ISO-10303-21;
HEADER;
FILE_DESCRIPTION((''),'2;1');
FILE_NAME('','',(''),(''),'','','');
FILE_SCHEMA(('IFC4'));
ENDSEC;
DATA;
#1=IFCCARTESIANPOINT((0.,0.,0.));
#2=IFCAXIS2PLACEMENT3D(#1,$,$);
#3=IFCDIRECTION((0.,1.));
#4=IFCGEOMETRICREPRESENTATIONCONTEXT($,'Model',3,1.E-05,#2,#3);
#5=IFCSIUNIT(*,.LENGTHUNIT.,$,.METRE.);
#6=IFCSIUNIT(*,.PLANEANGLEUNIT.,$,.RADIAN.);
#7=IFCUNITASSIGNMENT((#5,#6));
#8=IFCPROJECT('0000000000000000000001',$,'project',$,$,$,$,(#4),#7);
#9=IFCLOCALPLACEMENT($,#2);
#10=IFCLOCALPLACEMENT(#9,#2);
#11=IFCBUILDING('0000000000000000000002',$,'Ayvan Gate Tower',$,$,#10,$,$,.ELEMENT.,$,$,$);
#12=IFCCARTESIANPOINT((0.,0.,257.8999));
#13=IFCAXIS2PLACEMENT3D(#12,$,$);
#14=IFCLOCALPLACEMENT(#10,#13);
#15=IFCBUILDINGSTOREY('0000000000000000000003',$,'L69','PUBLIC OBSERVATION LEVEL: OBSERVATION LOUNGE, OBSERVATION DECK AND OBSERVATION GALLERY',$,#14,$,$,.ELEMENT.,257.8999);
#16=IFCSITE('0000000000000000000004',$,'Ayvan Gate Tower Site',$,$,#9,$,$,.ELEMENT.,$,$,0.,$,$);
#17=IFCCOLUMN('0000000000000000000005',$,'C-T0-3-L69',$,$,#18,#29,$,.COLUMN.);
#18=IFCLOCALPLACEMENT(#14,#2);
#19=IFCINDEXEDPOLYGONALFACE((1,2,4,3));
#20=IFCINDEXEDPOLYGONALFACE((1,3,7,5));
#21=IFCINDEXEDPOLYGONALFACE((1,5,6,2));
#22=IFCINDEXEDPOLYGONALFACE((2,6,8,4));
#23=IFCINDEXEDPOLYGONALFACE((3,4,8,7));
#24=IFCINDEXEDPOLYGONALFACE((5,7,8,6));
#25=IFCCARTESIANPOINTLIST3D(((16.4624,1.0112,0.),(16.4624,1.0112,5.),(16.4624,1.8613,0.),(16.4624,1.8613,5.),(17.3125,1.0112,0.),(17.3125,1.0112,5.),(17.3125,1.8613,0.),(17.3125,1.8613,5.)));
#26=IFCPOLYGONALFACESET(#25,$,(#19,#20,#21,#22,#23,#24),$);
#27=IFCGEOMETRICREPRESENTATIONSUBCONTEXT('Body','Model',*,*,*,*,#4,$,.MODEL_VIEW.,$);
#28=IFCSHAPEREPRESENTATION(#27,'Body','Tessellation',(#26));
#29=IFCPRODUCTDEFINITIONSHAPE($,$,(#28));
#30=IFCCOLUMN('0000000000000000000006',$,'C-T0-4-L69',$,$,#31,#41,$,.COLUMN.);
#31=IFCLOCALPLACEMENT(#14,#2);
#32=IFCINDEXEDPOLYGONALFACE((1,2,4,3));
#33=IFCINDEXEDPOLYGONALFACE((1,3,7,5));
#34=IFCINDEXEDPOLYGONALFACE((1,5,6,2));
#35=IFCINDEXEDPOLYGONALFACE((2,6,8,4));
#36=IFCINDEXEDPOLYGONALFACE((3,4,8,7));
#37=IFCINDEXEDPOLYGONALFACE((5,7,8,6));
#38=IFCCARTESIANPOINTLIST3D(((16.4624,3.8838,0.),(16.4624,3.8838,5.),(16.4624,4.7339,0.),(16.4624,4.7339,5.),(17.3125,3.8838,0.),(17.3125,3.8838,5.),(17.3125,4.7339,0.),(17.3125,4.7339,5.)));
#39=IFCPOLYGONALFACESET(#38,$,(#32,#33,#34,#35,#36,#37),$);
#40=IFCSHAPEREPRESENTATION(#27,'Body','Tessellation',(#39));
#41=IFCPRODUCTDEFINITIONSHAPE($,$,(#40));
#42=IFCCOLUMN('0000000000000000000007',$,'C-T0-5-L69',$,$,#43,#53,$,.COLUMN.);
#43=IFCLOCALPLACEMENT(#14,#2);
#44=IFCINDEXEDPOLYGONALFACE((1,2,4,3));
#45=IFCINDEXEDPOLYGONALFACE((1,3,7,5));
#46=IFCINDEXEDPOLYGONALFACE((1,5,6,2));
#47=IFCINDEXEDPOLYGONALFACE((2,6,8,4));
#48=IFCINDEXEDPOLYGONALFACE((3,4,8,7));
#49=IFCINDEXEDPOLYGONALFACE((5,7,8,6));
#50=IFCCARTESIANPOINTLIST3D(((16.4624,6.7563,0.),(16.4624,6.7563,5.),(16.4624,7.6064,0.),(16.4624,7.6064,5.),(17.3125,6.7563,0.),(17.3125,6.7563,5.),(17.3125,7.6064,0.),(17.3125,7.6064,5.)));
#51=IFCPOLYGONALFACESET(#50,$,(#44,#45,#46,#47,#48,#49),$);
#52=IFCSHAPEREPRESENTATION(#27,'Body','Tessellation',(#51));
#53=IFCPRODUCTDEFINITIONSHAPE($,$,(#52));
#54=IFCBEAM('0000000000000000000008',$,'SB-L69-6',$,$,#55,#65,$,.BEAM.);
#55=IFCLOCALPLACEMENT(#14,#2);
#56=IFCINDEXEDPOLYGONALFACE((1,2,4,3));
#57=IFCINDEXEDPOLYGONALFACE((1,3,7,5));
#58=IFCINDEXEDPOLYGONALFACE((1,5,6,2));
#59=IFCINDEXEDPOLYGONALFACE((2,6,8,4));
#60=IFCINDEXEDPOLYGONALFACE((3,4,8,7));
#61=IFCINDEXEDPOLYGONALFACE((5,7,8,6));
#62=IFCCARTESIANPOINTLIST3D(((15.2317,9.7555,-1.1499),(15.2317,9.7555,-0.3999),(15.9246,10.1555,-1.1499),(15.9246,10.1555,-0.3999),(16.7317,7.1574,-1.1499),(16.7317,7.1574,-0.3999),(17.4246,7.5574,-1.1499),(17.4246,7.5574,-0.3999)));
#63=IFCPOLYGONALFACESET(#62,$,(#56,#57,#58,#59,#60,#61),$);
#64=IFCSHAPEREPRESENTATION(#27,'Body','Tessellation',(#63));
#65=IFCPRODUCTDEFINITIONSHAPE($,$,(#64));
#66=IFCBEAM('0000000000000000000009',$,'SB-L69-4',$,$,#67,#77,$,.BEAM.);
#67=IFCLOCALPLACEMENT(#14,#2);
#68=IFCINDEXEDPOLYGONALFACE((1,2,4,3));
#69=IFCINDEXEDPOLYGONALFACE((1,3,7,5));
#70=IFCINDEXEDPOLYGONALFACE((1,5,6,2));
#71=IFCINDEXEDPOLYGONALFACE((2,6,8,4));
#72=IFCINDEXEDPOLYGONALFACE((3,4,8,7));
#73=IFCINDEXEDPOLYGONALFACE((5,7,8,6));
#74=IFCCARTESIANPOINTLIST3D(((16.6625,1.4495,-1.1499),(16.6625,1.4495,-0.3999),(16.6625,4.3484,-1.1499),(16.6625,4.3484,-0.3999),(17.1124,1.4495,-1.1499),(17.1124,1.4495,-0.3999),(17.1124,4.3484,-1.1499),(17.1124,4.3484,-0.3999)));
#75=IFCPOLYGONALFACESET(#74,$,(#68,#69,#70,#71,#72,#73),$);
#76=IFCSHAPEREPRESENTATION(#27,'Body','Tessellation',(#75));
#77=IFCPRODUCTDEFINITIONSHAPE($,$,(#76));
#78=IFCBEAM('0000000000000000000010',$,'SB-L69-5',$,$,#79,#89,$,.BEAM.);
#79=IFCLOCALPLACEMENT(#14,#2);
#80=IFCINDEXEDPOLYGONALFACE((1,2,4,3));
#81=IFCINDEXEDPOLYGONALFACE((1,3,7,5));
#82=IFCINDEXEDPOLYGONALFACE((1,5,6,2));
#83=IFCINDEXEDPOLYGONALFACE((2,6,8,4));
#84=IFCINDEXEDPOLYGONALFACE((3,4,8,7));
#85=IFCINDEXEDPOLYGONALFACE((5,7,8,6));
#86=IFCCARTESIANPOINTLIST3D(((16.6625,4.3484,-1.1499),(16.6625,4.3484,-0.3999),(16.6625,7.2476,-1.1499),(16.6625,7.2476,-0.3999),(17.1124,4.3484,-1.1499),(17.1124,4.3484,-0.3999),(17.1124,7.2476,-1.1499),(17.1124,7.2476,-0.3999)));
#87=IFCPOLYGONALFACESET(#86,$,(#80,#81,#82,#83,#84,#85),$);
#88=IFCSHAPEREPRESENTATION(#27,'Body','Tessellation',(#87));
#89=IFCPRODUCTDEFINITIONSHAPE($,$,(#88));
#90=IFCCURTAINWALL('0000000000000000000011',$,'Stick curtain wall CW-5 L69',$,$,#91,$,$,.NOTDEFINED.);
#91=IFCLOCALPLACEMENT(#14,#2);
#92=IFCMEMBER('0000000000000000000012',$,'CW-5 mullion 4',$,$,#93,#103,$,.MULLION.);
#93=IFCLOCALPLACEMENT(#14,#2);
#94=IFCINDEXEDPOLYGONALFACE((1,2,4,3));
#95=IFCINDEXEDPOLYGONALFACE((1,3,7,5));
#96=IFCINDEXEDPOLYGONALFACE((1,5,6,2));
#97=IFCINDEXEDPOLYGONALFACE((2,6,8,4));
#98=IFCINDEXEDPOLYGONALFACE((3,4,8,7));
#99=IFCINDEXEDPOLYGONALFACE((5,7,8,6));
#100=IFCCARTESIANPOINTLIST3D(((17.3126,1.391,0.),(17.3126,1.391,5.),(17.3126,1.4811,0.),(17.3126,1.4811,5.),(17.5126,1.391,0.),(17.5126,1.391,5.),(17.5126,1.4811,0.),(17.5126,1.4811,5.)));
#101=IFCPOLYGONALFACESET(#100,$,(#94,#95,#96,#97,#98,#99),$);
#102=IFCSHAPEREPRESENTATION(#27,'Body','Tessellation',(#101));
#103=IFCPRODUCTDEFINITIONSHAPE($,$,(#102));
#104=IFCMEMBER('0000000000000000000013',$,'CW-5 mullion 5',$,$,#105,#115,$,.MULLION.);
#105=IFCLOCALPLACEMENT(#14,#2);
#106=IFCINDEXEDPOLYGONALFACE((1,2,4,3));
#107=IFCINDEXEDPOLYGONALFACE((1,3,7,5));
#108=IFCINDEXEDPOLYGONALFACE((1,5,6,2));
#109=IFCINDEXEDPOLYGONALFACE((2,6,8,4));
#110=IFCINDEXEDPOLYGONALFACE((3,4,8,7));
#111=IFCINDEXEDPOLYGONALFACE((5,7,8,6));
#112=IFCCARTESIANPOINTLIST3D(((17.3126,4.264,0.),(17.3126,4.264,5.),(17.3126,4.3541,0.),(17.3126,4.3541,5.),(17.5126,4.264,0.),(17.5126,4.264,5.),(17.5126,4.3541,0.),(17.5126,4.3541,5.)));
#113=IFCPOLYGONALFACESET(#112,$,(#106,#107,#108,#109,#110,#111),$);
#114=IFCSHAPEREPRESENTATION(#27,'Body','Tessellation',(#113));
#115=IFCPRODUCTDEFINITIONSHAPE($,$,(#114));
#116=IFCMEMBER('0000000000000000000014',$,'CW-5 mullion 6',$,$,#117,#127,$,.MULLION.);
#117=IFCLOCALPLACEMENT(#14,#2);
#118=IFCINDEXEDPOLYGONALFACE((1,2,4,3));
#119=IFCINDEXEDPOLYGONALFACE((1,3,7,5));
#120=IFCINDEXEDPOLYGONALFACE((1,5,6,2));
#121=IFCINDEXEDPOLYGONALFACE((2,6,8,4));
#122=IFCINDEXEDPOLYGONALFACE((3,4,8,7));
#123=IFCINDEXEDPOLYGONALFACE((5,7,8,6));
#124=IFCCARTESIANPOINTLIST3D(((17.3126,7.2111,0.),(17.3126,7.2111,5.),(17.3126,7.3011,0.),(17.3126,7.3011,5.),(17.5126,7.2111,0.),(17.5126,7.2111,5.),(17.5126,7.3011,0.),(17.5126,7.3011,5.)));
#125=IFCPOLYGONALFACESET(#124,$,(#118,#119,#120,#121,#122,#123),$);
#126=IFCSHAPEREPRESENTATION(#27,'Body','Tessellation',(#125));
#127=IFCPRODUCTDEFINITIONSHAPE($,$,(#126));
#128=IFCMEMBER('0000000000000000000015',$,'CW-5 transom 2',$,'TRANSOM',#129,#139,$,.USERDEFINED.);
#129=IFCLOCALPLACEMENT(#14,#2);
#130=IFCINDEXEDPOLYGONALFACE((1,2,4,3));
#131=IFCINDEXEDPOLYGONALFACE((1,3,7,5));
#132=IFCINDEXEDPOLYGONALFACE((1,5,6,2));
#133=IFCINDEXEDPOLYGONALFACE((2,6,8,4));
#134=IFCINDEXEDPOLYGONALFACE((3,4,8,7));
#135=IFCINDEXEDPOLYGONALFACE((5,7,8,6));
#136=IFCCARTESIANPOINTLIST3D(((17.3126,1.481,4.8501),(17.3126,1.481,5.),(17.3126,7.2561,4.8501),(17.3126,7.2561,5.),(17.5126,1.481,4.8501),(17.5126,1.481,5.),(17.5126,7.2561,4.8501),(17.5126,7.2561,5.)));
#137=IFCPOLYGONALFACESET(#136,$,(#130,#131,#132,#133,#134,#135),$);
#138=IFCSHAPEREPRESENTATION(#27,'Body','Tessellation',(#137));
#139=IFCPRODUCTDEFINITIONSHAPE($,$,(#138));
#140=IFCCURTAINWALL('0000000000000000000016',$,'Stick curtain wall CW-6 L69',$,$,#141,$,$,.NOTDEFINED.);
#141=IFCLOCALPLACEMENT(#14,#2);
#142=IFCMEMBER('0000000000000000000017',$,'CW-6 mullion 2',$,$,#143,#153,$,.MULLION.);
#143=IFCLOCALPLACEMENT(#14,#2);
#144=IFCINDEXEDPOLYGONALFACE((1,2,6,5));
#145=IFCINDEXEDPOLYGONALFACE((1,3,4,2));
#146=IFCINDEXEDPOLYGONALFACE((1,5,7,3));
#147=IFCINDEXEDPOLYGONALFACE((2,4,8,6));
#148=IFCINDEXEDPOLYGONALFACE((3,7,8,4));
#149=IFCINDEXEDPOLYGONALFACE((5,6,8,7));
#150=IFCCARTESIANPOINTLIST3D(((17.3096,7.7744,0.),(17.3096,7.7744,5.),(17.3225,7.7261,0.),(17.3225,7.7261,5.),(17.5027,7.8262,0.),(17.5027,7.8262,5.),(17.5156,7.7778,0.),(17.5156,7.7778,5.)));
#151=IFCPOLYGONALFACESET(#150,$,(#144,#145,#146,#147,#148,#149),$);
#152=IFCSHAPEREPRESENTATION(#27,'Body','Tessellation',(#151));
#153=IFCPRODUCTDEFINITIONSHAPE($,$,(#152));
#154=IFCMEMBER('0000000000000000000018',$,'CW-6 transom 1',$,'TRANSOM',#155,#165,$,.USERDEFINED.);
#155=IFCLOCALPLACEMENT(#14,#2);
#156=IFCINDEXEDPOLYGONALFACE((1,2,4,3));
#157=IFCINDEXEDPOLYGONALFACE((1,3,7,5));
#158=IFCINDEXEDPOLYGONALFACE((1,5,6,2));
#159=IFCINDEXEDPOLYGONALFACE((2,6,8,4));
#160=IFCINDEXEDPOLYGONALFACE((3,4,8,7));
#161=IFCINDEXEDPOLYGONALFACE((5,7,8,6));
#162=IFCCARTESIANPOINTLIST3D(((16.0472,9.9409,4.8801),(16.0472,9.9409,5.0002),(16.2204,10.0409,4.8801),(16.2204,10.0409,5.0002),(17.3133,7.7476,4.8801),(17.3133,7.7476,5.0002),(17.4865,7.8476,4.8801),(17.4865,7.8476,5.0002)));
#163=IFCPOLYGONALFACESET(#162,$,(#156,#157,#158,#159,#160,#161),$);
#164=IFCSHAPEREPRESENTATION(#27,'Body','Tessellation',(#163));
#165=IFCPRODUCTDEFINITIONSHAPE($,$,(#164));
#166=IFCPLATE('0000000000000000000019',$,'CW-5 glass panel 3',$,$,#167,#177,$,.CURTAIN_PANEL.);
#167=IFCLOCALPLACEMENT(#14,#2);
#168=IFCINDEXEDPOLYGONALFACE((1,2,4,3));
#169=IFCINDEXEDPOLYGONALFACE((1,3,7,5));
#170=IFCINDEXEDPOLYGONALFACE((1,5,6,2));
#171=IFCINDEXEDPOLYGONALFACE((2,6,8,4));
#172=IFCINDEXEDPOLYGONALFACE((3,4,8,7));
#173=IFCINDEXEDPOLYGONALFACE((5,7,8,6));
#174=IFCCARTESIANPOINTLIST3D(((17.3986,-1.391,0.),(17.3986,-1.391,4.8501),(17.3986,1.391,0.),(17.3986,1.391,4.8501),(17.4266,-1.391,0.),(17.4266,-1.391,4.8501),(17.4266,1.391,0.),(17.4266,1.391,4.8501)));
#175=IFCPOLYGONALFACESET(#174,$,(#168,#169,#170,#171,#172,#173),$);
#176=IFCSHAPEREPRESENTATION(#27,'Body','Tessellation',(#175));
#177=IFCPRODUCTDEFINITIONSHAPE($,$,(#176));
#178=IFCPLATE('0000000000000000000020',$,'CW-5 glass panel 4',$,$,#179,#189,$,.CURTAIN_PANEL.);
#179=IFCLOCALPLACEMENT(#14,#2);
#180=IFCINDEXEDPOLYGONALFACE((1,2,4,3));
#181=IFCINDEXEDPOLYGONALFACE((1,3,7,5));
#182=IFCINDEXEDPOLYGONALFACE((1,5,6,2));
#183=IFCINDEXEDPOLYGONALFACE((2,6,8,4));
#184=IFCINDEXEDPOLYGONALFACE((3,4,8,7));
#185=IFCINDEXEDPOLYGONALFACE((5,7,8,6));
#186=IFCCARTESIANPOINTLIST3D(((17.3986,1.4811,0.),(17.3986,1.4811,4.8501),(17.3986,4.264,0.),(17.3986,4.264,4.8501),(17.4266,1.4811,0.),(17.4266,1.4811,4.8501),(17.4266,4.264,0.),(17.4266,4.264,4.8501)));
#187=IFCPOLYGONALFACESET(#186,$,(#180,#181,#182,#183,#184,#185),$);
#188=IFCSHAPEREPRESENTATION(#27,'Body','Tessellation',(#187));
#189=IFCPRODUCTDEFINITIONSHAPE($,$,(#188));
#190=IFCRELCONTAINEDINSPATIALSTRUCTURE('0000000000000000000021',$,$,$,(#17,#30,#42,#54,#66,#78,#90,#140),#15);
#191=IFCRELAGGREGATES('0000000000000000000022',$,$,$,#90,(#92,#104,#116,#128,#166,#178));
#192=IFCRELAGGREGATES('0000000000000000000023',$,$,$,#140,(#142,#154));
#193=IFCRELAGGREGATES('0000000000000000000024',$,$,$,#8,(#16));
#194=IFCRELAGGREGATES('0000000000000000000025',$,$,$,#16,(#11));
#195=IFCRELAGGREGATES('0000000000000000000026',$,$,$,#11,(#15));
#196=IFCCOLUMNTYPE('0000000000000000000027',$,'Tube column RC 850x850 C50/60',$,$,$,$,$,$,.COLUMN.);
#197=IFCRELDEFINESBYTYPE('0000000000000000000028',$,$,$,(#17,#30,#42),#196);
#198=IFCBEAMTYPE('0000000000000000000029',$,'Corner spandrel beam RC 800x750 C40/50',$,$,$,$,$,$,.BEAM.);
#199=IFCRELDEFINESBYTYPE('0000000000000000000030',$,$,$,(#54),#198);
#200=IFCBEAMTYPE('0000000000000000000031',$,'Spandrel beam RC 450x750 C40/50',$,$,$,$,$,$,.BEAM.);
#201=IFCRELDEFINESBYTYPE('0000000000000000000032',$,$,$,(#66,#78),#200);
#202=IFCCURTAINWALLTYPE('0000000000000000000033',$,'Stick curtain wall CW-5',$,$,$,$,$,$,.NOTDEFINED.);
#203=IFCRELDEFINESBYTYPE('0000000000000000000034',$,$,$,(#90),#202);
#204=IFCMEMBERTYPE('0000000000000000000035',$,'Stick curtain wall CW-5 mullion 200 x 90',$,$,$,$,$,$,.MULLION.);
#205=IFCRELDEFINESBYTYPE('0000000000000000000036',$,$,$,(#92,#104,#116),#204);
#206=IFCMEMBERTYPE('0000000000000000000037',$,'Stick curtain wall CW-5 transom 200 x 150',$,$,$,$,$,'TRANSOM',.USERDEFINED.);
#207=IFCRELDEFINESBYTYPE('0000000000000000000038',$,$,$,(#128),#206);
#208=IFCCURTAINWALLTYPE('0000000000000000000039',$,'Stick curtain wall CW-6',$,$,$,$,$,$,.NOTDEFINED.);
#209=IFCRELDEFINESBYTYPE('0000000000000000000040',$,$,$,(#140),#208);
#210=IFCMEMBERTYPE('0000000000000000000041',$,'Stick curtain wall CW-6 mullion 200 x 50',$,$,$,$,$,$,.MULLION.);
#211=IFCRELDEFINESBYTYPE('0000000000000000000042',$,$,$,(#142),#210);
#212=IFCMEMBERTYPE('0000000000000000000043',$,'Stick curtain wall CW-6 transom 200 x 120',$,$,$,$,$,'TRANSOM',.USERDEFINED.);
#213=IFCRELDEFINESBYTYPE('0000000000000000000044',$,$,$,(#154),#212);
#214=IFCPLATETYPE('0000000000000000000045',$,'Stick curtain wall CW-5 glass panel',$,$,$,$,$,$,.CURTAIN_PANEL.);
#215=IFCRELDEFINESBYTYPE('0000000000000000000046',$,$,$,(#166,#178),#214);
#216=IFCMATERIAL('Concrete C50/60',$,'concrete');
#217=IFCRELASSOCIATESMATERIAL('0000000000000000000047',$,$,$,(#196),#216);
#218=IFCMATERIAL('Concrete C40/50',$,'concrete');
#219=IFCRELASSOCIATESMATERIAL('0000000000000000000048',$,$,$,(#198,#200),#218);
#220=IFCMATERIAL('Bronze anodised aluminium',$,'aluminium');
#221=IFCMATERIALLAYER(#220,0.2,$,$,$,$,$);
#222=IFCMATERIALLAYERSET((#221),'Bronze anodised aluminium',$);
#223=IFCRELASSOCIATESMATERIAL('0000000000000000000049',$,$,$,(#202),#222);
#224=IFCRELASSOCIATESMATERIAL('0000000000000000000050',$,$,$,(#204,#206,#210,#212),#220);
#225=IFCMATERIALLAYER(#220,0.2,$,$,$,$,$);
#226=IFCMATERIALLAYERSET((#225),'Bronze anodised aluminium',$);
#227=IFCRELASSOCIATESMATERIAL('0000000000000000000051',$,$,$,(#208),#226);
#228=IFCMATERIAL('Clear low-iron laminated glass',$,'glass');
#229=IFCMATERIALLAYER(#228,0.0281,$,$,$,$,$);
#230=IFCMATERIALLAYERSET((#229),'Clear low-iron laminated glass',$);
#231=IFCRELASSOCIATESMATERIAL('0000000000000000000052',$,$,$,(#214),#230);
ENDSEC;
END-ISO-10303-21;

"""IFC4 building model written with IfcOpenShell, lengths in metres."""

from ifc_helpers import new_model, si_unit, direction, frame, origin, origin_2d, place, context, subcontext, project, spatial, rectangle, extrude, material, layer, layer_set, material_profile, profile_set, type_object, element, aggregate, save


model = new_model("IFC4")

# Units and contexts
model_context = context("Model", 3, precision=1e-05, world=origin(), true_north=direction((0.0, 1.0)))
body_context = subcontext(model_context, "Body", "Model", "MODEL_VIEW")
ifc_project = project(units=[si_unit("LENGTHUNIT", "METRE"), si_unit("PLANEANGLEUNIT", "RADIAN")], contexts=[model_context])

# Site, building, storey
site_placement = place(None, origin())
site = spatial("IfcSite", under=ifc_project, at=site_placement, Name="Ayvan Gate Tower Site", CompositionType="ELEMENT", RefElevation=0.0)
building_placement = place(site_placement, origin())
building = spatial("IfcBuilding", under=site, at=building_placement, Name="Ayvan Gate Tower", CompositionType="ELEMENT")
storey_placement = place(building_placement, frame((0.0, 0.0, 257.8999)))
storey = spatial("IfcBuildingStorey", under=building, at=storey_placement, Name="L69", Description="PUBLIC OBSERVATION LEVEL: OBSERVATION LOUNGE, OBSERVATION DECK AND OBSERVATION GALLERY", CompositionType="ELEMENT", Elevation=257.8999)

# Columns
ifc_material_1 = material(Name="Concrete C50/60", Category="concrete")
ifc_material_profile_1 = material_profile(ifc_material_1, rectangle(XDim=0.8501, YDim=0.8501, at=origin_2d()), Name="RC 850x850")
ifc_profile_set_1 = profile_set([ifc_material_profile_1], Name="Concrete C50/60")
column_type = type_object("IfcColumnType", Name="Tube column RC 850x850 C50/60", PredefinedType="COLUMN", material=ifc_profile_set_1)
for number, where, z_axis, x_axis, name in (
    (1, (16.8875, 1.4363, 0.0), (0.0, 0.0, 1.0), (1.0, 0.0, 0.0), "C-T0-3-L69"),
    (2, (16.8875, 4.3088, 0.0), (0.0, 0.0, 1.0), (1.0, 0.0, 0.0), "C-T0-4-L69"),
    (3, (16.8875, 7.1814, 0.0), (0.0, 0.0, 1.0), (1.0, 0.0, 0.0), "C-T0-5-L69"),
):
    element("IfcColumn", number, at=place(storey_placement, frame(where, z_axis=z_axis, x_axis=x_axis)), inside=storey, type_object=column_type, Name=name, PredefinedType="COLUMN", context=body_context, shape_type="SweptSolid", body=[
        extrude(rectangle(XDim=0.8501, YDim=0.8501, at=origin_2d()), origin(), (0.0, 0.0, 1.0), 5.0),
    ])

# Beams
ifc_material_2 = material(Name="Concrete C40/50", Category="concrete")
ifc_material_profile_2 = material_profile(ifc_material_2, rectangle(XDim=0.8, YDim=0.75, at=origin_2d()), Name="RC 800x750")
ifc_profile_set_2 = profile_set([ifc_material_profile_2], Name="Concrete C40/50")
beam_type_1 = type_object("IfcBeamType", Name="Corner spandrel beam RC 800x750 C40/50", PredefinedType="BEAM", material=ifc_profile_set_2)
beam_1_placement = place(storey_placement, frame((17.0781, 7.3574, -0.7749), z_axis=(-0.49999, 0.866031, 0.0), x_axis=(-0.866031, -0.49999, 0.0)))
element("IfcBeam", 4, at=beam_1_placement, inside=storey, type_object=beam_type_1, Name="SB-L69-6", PredefinedType="BEAM", context=body_context, shape_type="SweptSolid", body=[
    extrude(rectangle(XDim=0.8, YDim=0.75, at=origin_2d()), origin(), (0.0, 0.0, 1.0), 3.0),
])
ifc_material_profile_3 = material_profile(ifc_material_2, rectangle(XDim=0.45, YDim=0.75, at=origin_2d()), Name="RC 450x750")
ifc_profile_set_3 = profile_set([ifc_material_profile_3], Name="Concrete C40/50")
beam_type_2 = type_object("IfcBeamType", Name="Spandrel beam RC 450x750 C40/50", PredefinedType="BEAM", material=ifc_profile_set_3)
beam_2_placement = place(storey_placement, frame((16.8875, 1.4495, -0.7749), z_axis=(0.0, 1.0, 0.0), x_axis=(-1.0, 0.0, 0.0)))
element("IfcBeam", 5, at=beam_2_placement, inside=storey, type_object=beam_type_2, Name="SB-L69-4", PredefinedType="BEAM", context=body_context, shape_type="SweptSolid", body=[
    extrude(rectangle(XDim=0.45, YDim=0.75, at=origin_2d()), origin(), (0.0, 0.0, 1.0), 2.8989),
])
beam_3_placement = place(storey_placement, frame((16.8875, 4.3484, -0.7749), z_axis=(0.0, 1.0, 0.0), x_axis=(-1.0, 0.0, 0.0)))
element("IfcBeam", 6, at=beam_3_placement, inside=storey, type_object=beam_type_2, Name="SB-L69-5", PredefinedType="BEAM", context=body_context, shape_type="SweptSolid", body=[
    extrude(rectangle(XDim=0.45, YDim=0.75, at=origin_2d()), origin(), (0.0, 0.0, 1.0), 2.8992),
])

# Curtain walls, members
ifc_material_3 = material(Name="Bronze anodised aluminium", Category="aluminium")
ifc_layer_1 = layer(ifc_material_3, 0.2)
ifc_layer_set_1 = layer_set([ifc_layer_1], Name="Bronze anodised aluminium")
curtain_wall_type_1 = type_object("IfcCurtainWallType", Name="Stick curtain wall CW-5", PredefinedType="NOTDEFINED", material=ifc_layer_set_1)
curtain_wall_1_placement = place(storey_placement, origin())
curtain_wall_1 = element("IfcCurtainWall", 7, at=curtain_wall_1_placement, inside=storey, type_object=curtain_wall_type_1, Name="Stick curtain wall CW-5 L69", PredefinedType="NOTDEFINED")
ifc_material_profile_4 = material_profile(ifc_material_3, rectangle(XDim=0.2, YDim=0.0901, at=origin_2d()), Name="Stick curtain wall CW-5 mullion 200 x 90")
ifc_profile_set_4 = profile_set([ifc_material_profile_4], Name="Bronze anodised aluminium")
member_type_1 = type_object("IfcMemberType", Name="Stick curtain wall CW-5 mullion 200 x 90", PredefinedType="MULLION", material=ifc_profile_set_4)
member_1_placement = place(storey_placement, frame((17.4126, 1.436, 0.0), z_axis=(0.0, 0.0, 1.0), x_axis=(1.0, 0.0, 0.0)))
member_1 = element("IfcMember", 8, at=member_1_placement, type_object=member_type_1, Name="CW-5 mullion 4", PredefinedType="MULLION", context=body_context, shape_type="SweptSolid", body=[
    extrude(rectangle(XDim=0.2, YDim=0.0901, at=origin_2d()), origin(), (0.0, 0.0, 1.0), 5.0),
])
member_2_placement = place(storey_placement, frame((17.4126, 4.3091, 0.0), z_axis=(0.0, 0.0, 1.0), x_axis=(1.0, 0.0, 0.0)))
member_2 = element("IfcMember", 9, at=member_2_placement, type_object=member_type_1, Name="CW-5 mullion 5", PredefinedType="MULLION", context=body_context, shape_type="SweptSolid", body=[
    extrude(rectangle(XDim=0.2, YDim=0.0901, at=origin_2d()), origin(), (0.0, 0.0, 1.0), 5.0),
])
member_3_placement = place(storey_placement, frame((17.4126, 7.2561, 0.0), z_axis=(0.0, 0.0, 1.0), x_axis=(1.0, 0.0, 0.0)))
member_3 = element("IfcMember", 10, at=member_3_placement, type_object=member_type_1, Name="CW-5 mullion 6", PredefinedType="MULLION", context=body_context, shape_type="SweptSolid", body=[
    extrude(rectangle(XDim=0.2, YDim=0.0901, at=origin_2d()), origin(), (0.0, 0.0, 1.0), 5.0),
])
ifc_material_profile_5 = material_profile(ifc_material_3, rectangle(XDim=0.2, YDim=0.1499, at=origin_2d()), Name="Stick curtain wall CW-5 transom 200 x 150")
ifc_profile_set_5 = profile_set([ifc_material_profile_5], Name="Bronze anodised aluminium")
member_type_2 = type_object("IfcMemberType", Name="Stick curtain wall CW-5 transom 200 x 150", ElementType="TRANSOM", PredefinedType="USERDEFINED", material=ifc_profile_set_5)
member_4_placement = place(storey_placement, frame((17.4126, 1.481, 4.925), z_axis=(0.0, 1.0, 0.0), x_axis=(-1.0, 0.0, 0.0)))
member_4 = element("IfcMember", 11, at=member_4_placement, type_object=member_type_2, Name="CW-5 transom 2", ObjectType="TRANSOM", PredefinedType="USERDEFINED", context=body_context, shape_type="SweptSolid", body=[
    extrude(rectangle(XDim=0.2, YDim=0.1499, at=origin_2d()), origin(), (0.0, 0.0, 1.0), 5.7751),
])
ifc_layer_2 = layer(ifc_material_3, 0.2)
ifc_layer_set_2 = layer_set([ifc_layer_2], Name="Bronze anodised aluminium")
curtain_wall_type_2 = type_object("IfcCurtainWallType", Name="Stick curtain wall CW-6", PredefinedType="NOTDEFINED", material=ifc_layer_set_2)
curtain_wall_2_placement = place(storey_placement, origin())
curtain_wall_2 = element("IfcCurtainWall", 12, at=curtain_wall_2_placement, inside=storey, type_object=curtain_wall_type_2, Name="Stick curtain wall CW-6 L69", PredefinedType="NOTDEFINED")
ifc_material_profile_6 = material_profile(ifc_material_3, rectangle(XDim=0.2, YDim=0.05, at=origin_2d()), Name="Stick curtain wall CW-6 mullion 200 x 50")
ifc_profile_set_6 = profile_set([ifc_material_profile_6], Name="Bronze anodised aluminium")
member_type_3 = type_object("IfcMemberType", Name="Stick curtain wall CW-6 mullion 200 x 50", PredefinedType="MULLION", material=ifc_profile_set_6)
member_5_placement = place(storey_placement, frame((17.4126, 7.7761, 0.0), z_axis=(0.0, 0.0, 1.0), x_axis=(0.965926, 0.258819, 0.0)))
member_5 = element("IfcMember", 13, at=member_5_placement, type_object=member_type_3, Name="CW-6 mullion 2", PredefinedType="MULLION", context=body_context, shape_type="SweptSolid", body=[
    extrude(rectangle(XDim=0.2, YDim=0.05, at=origin_2d()), origin(), (0.0, 0.0, 1.0), 5.0),
])
ifc_material_profile_7 = material_profile(ifc_material_3, rectangle(XDim=0.2, YDim=0.1201, at=origin_2d()), Name="Stick curtain wall CW-6 transom 200 x 120")
ifc_profile_set_7 = profile_set([ifc_material_profile_7], Name="Bronze anodised aluminium")
member_type_4 = type_object("IfcMemberType", Name="Stick curtain wall CW-6 transom 200 x 120", ElementType="TRANSOM", PredefinedType="USERDEFINED", material=ifc_profile_set_7)
member_6_placement = place(storey_placement, frame((17.3999, 7.7976, 4.9402), z_axis=(-0.499934, 0.866064, 0.0), x_axis=(-0.866064, -0.499934, 0.0)))
member_6 = element("IfcMember", 14, at=member_6_placement, type_object=member_type_4, Name="CW-6 transom 1", ObjectType="TRANSOM", PredefinedType="USERDEFINED", context=body_context, shape_type="SweptSolid", body=[
    extrude(rectangle(XDim=0.2, YDim=0.1201, at=origin_2d()), origin(), (0.0, 0.0, 1.0), 2.5325),
])

# Plates
ifc_material_4 = material(Name="Clear low-iron laminated glass", Category="glass")
ifc_layer_3 = layer(ifc_material_4, 0.0281)
ifc_layer_set_3 = layer_set([ifc_layer_3], Name="Clear low-iron laminated glass")
plate_type_1 = type_object("IfcPlateType", Name="Stick curtain wall CW-5 glass panel", PredefinedType="CURTAIN_PANEL", material=ifc_layer_set_3)
plate_1_placement = place(storey_placement, frame((17.4126, 0.0, 0.0), z_axis=(0.0, 0.0, 1.0), x_axis=(0.0, 1.0, 0.0)))
plate_1 = element("IfcPlate", 15, at=plate_1_placement, type_object=plate_type_1, Name="CW-5 glass panel 3", PredefinedType="CURTAIN_PANEL", context=body_context, shape_type="SweptSolid", body=[
    extrude(rectangle(XDim=2.782, YDim=0.0281, at=origin_2d()), origin(), (0.0, 0.0, 1.0), 4.8501),
])
plate_2_placement = place(storey_placement, frame((17.4126, 2.8726, 0.0), z_axis=(0.0, 0.0, 1.0), x_axis=(0.0, 1.0, 0.0)))
plate_2 = element("IfcPlate", 16, at=plate_2_placement, type_object=plate_type_1, Name="CW-5 glass panel 4", PredefinedType="CURTAIN_PANEL", context=body_context, shape_type="SweptSolid", body=[
    extrude(rectangle(XDim=2.783, YDim=0.0281, at=origin_2d()), origin(), (0.0, 0.0, 1.0), 4.8501),
])
aggregate(curtain_wall_1, [member_1, member_2, member_3, member_4, plate_1, plate_2])
aggregate(curtain_wall_2, [member_5, member_6])

save(model, "model.ifc")
